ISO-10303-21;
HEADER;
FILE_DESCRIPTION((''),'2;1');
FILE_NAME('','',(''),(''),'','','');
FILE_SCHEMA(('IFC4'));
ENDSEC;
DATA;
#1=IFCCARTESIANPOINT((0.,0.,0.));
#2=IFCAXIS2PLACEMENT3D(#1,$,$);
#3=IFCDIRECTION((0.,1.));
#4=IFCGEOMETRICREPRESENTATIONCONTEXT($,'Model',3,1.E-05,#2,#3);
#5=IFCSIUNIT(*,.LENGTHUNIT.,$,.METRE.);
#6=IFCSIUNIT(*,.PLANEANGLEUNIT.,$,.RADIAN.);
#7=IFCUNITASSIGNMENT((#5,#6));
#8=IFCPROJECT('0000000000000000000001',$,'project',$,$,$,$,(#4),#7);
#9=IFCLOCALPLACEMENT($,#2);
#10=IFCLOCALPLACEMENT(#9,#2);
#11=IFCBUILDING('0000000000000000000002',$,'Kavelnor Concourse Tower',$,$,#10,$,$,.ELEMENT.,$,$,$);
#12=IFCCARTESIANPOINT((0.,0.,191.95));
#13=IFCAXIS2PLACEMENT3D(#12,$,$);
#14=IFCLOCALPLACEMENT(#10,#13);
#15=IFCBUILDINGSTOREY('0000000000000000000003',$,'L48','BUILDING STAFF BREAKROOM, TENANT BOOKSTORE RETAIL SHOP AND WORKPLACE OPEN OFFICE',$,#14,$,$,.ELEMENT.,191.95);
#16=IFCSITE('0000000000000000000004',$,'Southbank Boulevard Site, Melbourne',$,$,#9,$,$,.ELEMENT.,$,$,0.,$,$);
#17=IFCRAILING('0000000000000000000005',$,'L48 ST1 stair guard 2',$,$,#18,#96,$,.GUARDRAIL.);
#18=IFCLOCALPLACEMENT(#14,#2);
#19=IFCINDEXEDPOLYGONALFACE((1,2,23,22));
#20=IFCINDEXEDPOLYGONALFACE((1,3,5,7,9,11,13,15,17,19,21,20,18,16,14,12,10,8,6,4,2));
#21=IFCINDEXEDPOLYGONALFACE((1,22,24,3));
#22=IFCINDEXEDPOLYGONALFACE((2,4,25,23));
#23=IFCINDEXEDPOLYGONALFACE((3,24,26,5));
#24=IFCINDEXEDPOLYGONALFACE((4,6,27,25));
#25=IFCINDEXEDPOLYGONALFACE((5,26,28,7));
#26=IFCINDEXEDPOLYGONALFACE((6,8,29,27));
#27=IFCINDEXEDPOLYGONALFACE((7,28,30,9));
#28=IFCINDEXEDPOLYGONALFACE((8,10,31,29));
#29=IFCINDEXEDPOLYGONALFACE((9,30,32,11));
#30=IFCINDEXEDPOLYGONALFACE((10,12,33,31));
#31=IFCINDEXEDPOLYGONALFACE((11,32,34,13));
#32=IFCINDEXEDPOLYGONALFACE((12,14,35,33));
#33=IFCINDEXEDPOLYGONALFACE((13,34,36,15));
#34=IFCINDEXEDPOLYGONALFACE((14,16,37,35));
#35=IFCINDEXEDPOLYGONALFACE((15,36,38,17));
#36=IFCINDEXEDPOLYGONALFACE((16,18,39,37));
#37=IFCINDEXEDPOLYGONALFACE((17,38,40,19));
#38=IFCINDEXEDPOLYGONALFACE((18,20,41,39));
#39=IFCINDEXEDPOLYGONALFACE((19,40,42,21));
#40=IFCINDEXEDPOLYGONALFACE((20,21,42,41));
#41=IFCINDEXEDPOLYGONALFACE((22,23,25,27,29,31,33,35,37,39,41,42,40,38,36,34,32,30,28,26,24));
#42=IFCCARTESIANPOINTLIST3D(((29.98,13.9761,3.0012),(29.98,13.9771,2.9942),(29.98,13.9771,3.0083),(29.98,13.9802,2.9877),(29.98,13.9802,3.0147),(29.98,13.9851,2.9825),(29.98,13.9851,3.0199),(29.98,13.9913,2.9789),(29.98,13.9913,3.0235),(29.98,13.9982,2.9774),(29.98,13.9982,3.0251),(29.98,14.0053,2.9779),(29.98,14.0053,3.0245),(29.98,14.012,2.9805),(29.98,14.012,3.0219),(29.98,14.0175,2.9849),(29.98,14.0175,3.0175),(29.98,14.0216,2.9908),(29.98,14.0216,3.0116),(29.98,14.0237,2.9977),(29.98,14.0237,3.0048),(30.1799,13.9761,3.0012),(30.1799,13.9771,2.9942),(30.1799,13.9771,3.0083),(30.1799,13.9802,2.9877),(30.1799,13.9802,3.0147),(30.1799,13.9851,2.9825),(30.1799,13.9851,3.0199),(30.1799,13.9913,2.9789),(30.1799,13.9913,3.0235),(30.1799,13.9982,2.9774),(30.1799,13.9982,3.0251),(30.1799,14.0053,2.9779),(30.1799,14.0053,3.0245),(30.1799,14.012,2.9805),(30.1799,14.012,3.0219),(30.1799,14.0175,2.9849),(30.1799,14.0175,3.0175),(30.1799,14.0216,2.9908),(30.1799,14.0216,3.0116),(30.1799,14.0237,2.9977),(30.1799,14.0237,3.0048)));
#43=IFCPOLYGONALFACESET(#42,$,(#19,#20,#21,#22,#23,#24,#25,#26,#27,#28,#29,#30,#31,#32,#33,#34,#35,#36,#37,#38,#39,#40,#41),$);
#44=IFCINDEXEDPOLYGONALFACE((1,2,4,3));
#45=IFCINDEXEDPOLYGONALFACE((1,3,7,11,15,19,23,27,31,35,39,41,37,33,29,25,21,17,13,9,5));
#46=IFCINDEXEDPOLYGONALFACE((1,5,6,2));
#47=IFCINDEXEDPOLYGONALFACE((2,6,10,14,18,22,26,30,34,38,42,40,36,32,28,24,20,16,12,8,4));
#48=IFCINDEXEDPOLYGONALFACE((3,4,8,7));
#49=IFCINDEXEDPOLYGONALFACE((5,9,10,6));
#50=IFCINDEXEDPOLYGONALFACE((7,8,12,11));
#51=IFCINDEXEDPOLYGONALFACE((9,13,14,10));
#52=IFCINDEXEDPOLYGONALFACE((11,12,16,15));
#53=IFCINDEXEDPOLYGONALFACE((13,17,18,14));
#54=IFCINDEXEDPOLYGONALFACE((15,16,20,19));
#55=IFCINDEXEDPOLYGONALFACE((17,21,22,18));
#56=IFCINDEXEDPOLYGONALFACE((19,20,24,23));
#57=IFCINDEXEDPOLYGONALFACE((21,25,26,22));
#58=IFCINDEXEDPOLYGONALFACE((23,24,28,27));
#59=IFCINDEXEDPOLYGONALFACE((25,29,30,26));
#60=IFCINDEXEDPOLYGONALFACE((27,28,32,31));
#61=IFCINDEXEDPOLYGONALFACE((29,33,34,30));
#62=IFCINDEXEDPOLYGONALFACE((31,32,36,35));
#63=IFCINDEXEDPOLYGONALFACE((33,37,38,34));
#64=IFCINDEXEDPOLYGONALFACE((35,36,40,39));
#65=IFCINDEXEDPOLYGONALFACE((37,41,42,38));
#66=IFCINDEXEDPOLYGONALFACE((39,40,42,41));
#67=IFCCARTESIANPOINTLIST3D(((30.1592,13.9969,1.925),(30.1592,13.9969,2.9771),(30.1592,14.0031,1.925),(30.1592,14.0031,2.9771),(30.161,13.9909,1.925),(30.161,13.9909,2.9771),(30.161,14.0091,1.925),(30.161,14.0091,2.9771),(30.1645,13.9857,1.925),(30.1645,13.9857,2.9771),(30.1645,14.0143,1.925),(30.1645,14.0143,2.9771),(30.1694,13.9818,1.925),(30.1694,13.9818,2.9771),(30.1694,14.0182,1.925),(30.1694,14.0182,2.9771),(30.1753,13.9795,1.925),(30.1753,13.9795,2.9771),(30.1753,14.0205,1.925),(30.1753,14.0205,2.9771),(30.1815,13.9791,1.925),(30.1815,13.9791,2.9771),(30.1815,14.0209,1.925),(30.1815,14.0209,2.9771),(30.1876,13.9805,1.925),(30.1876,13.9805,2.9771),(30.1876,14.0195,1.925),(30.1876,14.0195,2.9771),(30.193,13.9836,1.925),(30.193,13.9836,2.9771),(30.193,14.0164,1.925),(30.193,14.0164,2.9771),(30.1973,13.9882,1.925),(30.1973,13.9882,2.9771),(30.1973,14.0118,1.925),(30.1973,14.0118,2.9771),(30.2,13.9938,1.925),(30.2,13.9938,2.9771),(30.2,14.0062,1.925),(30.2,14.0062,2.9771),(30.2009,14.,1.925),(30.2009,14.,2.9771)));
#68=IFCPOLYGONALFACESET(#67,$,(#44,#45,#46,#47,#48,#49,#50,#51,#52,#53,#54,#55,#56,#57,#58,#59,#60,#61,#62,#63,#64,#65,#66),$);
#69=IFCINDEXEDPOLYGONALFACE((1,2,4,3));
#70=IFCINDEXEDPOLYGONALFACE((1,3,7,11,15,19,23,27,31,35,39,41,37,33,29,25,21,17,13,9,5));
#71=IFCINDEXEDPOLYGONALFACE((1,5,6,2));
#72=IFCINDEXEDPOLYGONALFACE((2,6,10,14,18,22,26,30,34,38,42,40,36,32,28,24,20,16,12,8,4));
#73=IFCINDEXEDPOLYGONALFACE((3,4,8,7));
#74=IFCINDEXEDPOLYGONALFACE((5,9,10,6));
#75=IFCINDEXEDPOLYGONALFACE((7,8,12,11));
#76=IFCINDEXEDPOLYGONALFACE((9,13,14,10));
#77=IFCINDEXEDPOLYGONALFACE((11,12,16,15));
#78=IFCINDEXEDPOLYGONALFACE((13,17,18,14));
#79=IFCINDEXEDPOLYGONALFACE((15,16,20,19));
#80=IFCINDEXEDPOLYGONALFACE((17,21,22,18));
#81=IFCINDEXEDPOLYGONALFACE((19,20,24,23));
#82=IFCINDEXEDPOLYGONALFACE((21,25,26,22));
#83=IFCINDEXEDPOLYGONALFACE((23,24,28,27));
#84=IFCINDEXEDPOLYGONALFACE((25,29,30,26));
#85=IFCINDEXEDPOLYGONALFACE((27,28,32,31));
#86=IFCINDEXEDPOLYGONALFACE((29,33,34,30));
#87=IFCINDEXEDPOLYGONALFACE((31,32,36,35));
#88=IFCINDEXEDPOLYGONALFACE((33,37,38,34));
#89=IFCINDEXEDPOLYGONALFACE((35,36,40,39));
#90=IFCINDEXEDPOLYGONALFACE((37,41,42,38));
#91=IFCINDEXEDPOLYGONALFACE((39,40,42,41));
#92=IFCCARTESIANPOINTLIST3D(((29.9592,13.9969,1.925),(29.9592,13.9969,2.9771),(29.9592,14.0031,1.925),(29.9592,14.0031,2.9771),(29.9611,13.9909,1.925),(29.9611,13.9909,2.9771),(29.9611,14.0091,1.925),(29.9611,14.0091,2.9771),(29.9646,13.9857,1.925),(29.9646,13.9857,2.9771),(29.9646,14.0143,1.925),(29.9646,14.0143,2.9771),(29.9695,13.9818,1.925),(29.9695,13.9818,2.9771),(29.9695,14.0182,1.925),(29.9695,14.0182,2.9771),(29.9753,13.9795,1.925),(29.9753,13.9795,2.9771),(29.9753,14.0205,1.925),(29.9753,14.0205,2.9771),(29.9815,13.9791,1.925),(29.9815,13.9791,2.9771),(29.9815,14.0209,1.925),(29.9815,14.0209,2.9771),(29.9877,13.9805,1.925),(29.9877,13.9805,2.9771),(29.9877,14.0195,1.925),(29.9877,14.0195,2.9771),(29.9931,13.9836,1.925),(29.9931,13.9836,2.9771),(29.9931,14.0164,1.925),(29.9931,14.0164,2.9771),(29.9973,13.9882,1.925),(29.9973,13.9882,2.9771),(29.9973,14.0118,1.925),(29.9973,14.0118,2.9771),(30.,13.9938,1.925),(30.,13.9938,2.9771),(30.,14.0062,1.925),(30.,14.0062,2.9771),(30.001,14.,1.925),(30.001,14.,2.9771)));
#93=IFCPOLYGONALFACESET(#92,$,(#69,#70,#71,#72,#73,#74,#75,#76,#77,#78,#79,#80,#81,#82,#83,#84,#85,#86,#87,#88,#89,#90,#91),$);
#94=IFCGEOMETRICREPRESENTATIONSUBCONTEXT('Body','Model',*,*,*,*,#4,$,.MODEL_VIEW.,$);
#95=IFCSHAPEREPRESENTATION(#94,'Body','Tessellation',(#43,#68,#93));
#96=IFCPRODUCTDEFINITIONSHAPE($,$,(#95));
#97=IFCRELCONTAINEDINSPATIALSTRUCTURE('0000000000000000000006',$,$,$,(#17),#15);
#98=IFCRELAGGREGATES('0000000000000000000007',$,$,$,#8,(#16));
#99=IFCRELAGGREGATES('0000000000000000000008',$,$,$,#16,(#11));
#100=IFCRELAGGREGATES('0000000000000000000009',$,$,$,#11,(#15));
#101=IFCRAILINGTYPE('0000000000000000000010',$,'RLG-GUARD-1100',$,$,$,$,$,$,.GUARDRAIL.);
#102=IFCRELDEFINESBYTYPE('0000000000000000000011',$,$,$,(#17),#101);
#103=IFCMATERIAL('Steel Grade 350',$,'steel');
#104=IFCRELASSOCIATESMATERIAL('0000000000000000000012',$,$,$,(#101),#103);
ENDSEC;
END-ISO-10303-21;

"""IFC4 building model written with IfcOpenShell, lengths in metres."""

from ifc_helpers import new_model, si_unit, direction, frame, origin, origin_2d, place, context, subcontext, project, spatial, circle, extrude, material, type_object, element, save


model = new_model("IFC4")

# Units and contexts
model_context = context("Model", 3, precision=1e-05, world=origin(), true_north=direction((0.0, 1.0)))
body_context = subcontext(model_context, "Body", "Model", "MODEL_VIEW")
ifc_project = project(units=[si_unit("LENGTHUNIT", "METRE"), si_unit("PLANEANGLEUNIT", "RADIAN")], contexts=[model_context])

# Site, building, storey
site_placement = place(None, origin())
site = spatial("IfcSite", under=ifc_project, at=site_placement, Name="Southbank Boulevard Site, Melbourne", CompositionType="ELEMENT", RefElevation=0.0)
building_placement = place(site_placement, origin())
building = spatial("IfcBuilding", under=site, at=building_placement, Name="Kavelnor Concourse Tower", CompositionType="ELEMENT")
storey_placement = place(building_placement, frame((0.0, 0.0, 191.95)))
storey = spatial("IfcBuildingStorey", under=building, at=storey_placement, Name="L48", Description="BUILDING STAFF BREAKROOM, TENANT BOOKSTORE RETAIL SHOP AND WORKPLACE OPEN OFFICE", CompositionType="ELEMENT", Elevation=191.95)

# Shared definitions
ifc_material_1 = material(Name="Steel Grade 350", Category="steel")

# Railing
railing_type_1 = type_object("IfcRailingType", Name="RLG-GUARD-1100", PredefinedType="GUARDRAIL", material=ifc_material_1)
railing_1_placement = place(storey_placement, frame((30.1799, 14.0, 1.925)))
element("IfcRailing", 1, at=railing_1_placement, inside=storey, type_object=railing_type_1, Name="L48 ST1 stair guard 2", PredefinedType="GUARDRAIL", context=body_context, shape_type="SweptSolid", body=[
    extrude(circle(Radius=0.0239, at=origin_2d()), frame((0.0, 0.0, 1.0762), z_axis=(-1.0, 0.0, 0.0), x_axis=(0.0, -1.0, 0.0)), (0.0, 0.0, 1.0), 0.2),
    extrude(circle(Radius=0.021, at=origin_2d()), origin(), (0.0, 0.0, 1.0), 1.052),
    extrude(circle(Radius=0.021, at=origin_2d()), frame((-0.2, 0.0, 0.0)), (0.0, 0.0, 1.0), 1.052),
])

save(model, "model.ifc")
